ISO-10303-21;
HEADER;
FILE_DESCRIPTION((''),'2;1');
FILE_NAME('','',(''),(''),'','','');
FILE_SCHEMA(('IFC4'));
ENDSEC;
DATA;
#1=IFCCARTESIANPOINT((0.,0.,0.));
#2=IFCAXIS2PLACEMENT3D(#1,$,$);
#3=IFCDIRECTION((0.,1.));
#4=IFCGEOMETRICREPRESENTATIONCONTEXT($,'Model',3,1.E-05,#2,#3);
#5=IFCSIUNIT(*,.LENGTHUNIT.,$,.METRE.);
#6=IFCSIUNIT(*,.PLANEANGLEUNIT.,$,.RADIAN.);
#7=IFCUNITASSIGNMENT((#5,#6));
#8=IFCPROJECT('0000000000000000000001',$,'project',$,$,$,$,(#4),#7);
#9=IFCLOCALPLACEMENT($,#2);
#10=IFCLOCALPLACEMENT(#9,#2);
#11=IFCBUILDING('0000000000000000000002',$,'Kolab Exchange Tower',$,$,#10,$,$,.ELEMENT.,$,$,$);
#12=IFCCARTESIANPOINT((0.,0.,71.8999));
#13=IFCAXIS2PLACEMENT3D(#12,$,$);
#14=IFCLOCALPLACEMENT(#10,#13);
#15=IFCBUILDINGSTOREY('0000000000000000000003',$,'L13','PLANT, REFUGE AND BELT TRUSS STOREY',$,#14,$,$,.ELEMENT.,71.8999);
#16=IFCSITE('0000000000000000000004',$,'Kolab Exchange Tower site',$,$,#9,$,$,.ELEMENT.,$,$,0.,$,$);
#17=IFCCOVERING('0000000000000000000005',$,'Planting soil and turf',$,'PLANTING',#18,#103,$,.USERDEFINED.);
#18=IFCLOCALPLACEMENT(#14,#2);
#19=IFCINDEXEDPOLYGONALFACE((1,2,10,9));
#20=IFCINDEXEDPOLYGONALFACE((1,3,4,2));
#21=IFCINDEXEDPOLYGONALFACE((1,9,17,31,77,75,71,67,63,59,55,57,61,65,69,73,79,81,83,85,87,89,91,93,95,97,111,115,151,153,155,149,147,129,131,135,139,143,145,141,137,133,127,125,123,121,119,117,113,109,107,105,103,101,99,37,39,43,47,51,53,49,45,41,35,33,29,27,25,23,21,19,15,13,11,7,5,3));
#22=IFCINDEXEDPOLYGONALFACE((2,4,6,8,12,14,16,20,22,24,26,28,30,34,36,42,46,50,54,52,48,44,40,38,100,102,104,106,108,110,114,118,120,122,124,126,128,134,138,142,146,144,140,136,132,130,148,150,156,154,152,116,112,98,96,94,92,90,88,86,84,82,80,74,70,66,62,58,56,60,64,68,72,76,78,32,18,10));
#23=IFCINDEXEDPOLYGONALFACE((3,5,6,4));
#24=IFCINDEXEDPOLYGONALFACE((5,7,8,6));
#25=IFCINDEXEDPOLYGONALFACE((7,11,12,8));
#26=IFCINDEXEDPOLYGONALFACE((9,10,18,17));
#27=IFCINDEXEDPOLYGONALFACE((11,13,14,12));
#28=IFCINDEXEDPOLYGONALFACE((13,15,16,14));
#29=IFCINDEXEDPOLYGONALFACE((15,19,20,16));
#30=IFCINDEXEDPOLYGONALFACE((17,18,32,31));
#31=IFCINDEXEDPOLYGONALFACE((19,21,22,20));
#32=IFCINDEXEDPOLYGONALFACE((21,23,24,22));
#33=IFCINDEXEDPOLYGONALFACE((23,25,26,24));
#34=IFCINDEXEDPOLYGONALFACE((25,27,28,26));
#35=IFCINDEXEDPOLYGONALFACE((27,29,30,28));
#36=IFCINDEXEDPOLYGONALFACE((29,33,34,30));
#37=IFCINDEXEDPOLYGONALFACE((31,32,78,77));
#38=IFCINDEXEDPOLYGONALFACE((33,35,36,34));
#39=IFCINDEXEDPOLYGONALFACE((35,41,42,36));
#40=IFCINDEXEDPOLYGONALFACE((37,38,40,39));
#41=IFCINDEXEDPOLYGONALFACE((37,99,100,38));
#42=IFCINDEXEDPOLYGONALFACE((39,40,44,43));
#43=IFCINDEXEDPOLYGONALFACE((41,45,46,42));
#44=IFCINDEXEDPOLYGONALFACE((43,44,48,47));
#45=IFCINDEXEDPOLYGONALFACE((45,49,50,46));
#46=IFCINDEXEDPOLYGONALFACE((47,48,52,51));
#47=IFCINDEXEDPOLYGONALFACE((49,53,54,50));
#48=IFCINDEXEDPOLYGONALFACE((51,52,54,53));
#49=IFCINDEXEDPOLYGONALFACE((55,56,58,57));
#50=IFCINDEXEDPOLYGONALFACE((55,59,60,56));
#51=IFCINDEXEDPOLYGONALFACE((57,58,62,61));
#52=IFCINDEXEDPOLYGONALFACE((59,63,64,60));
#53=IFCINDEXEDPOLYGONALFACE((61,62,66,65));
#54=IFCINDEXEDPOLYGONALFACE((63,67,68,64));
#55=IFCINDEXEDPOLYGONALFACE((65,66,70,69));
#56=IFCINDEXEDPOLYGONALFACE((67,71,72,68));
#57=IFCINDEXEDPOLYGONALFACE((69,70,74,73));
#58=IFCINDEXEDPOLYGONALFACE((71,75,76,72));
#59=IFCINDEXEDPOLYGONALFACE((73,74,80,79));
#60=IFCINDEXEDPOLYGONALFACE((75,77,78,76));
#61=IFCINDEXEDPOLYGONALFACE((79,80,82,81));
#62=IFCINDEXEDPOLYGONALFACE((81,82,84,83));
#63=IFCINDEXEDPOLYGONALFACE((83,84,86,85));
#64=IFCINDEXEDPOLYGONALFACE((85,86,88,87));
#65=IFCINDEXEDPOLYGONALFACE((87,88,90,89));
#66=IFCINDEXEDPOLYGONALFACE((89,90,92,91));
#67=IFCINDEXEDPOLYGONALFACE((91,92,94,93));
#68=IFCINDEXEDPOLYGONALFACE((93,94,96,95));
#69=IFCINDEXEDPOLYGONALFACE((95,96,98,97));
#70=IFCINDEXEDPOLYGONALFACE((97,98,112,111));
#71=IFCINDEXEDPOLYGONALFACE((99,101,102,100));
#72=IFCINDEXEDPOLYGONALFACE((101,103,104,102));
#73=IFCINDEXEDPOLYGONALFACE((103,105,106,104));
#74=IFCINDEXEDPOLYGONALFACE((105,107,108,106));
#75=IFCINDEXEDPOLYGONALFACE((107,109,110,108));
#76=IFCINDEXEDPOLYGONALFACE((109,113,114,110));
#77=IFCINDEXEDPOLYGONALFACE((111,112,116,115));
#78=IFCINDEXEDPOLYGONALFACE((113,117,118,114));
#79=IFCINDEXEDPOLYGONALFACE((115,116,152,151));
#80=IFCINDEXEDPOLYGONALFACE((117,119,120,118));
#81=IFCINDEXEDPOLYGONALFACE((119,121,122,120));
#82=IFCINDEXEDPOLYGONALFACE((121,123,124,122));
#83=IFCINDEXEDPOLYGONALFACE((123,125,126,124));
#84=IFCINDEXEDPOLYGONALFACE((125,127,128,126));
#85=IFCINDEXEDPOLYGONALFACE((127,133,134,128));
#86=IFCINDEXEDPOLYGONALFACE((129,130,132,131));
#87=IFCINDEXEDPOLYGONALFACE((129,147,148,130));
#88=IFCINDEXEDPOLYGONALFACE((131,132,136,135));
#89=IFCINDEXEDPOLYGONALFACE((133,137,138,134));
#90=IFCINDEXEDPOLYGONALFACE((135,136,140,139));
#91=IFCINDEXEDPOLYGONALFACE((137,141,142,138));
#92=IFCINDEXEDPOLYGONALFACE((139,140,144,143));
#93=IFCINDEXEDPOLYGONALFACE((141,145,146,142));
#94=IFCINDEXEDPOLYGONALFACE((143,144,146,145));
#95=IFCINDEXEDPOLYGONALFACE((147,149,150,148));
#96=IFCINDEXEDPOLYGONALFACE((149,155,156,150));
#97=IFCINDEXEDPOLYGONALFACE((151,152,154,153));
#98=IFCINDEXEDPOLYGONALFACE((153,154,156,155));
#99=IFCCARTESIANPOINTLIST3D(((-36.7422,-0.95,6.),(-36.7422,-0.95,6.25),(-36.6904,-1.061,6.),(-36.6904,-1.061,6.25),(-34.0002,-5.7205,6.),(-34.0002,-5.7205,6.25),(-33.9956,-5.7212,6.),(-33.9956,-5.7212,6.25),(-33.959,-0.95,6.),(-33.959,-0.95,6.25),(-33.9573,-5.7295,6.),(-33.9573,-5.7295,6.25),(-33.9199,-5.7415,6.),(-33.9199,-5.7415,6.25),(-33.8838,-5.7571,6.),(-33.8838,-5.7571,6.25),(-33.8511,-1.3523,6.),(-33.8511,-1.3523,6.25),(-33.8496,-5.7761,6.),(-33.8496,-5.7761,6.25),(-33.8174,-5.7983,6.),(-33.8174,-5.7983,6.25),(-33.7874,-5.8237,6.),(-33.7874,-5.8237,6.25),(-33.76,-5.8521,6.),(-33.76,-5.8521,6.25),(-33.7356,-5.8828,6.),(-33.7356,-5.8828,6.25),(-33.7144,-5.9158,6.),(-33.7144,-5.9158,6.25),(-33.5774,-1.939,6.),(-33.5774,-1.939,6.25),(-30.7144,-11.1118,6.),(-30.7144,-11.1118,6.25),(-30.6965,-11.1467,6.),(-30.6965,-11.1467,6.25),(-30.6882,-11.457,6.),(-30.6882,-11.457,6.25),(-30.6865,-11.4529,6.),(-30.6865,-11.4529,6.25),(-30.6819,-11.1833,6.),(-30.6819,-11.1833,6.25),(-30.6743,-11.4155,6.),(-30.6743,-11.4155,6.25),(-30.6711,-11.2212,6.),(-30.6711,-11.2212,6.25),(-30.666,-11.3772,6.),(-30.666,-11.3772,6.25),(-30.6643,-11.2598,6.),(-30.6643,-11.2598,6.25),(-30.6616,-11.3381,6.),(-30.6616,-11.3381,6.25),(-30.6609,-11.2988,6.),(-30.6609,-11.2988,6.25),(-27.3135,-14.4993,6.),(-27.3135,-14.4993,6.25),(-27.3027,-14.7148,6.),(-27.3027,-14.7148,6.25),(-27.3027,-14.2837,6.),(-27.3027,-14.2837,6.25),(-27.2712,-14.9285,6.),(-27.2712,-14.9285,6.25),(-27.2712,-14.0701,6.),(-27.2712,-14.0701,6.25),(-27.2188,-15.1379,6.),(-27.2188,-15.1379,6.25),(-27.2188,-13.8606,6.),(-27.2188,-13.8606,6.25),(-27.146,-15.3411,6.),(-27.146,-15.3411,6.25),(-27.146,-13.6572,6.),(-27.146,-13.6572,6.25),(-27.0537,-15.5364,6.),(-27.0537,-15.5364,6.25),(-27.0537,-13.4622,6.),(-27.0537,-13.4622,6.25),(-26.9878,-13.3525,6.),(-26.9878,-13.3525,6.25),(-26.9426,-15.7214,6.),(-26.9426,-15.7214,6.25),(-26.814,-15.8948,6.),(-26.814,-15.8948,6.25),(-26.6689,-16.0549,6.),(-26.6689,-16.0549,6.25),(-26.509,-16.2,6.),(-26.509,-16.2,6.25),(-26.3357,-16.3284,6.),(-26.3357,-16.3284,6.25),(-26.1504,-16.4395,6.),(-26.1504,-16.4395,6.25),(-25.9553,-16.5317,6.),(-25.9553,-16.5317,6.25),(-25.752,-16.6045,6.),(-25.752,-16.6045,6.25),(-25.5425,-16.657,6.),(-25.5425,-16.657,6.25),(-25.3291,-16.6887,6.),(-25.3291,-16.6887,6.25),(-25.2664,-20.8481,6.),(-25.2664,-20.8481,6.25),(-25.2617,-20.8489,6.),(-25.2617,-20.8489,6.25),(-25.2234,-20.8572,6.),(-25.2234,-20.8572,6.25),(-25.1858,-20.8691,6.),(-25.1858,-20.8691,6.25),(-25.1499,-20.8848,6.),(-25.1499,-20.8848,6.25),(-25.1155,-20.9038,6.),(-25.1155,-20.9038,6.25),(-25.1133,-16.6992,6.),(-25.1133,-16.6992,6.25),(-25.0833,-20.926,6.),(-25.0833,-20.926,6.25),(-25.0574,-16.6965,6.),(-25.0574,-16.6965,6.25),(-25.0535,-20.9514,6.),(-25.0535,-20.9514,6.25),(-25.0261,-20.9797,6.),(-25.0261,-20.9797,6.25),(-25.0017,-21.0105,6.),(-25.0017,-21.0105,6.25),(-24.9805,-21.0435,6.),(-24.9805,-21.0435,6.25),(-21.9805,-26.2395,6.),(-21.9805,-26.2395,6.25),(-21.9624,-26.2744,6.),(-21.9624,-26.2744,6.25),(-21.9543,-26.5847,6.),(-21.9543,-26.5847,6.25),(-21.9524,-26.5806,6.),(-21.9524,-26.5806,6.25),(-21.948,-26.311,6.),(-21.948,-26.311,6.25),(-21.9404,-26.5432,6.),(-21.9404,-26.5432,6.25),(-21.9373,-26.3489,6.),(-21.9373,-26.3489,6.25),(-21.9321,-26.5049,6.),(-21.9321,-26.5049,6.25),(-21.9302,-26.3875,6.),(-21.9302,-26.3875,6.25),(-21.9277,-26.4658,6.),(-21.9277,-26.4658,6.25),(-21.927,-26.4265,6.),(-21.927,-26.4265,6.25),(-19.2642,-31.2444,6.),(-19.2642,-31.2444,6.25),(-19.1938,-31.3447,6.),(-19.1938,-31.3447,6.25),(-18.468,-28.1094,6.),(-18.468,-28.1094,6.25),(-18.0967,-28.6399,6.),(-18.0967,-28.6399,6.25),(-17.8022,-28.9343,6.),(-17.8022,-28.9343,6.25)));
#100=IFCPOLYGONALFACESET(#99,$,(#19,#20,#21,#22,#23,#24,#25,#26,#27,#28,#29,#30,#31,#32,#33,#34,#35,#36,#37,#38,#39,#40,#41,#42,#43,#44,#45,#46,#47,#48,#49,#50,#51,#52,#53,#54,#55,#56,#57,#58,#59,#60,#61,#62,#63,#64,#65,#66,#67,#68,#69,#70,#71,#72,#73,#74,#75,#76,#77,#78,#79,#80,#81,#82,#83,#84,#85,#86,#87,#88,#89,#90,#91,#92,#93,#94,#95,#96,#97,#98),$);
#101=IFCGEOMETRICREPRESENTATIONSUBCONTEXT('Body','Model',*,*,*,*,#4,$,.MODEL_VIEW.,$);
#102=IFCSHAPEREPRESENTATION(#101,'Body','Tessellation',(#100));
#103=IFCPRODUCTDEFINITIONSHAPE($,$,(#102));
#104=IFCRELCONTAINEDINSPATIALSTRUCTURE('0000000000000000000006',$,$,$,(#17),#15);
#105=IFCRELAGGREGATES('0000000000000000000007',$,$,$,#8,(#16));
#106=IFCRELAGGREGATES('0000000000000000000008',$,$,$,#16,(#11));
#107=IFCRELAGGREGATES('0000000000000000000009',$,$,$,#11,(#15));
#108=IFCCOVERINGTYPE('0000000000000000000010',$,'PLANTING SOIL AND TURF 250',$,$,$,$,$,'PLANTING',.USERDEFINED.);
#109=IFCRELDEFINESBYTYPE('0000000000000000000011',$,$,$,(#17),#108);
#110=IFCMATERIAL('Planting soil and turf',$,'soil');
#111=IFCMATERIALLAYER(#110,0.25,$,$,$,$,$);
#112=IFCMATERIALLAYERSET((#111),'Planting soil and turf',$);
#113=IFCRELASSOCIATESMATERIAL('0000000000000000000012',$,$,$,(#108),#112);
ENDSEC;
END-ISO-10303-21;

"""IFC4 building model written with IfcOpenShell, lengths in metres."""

from ifc_helpers import new_model, si_unit, direction, frame, origin, place, context, subcontext, project, spatial, polyline, outline, extrude, material, layer, layer_set, type_object, element, save


model = new_model("IFC4")

# Units and contexts
model_context = context("Model", 3, precision=1e-05, world=origin(), true_north=direction((0.0, 1.0)))
body_context = subcontext(model_context, "Body", "Model", "MODEL_VIEW")
ifc_project = project(units=[si_unit("LENGTHUNIT", "METRE"), si_unit("PLANEANGLEUNIT", "RADIAN")], contexts=[model_context])

# Site, building, storey
site_placement = place(None, origin())
site = spatial("IfcSite", under=ifc_project, at=site_placement, Name="Kolab Exchange Tower site", CompositionType="ELEMENT", RefElevation=0.0)
building_placement = place(site_placement, origin())
building = spatial("IfcBuilding", under=site, at=building_placement, Name="Kolab Exchange Tower", CompositionType="ELEMENT")
storey_placement = place(building_placement, frame((0.0, 0.0, 71.8999)))
storey = spatial("IfcBuildingStorey", under=building, at=storey_placement, Name="L13", Description="PLANT, REFUGE AND BELT TRUSS STOREY", CompositionType="ELEMENT", Elevation=71.8999)

# Covering
ifc_material_1 = material(Name="Planting soil and turf", Category="soil")
ifc_layer_1 = layer(ifc_material_1, 0.25)
ifc_layer_set_1 = layer_set([ifc_layer_1], Name="Planting soil and turf")
covering_type_1 = type_object("IfcCoveringType", Name="PLANTING SOIL AND TURF 250", ElementType="PLANTING", PredefinedType="USERDEFINED", material=ifc_layer_set_1)
covering_1_placement = place(storey_placement, frame((0.0, 0.0, 6.0)))
element("IfcCovering", 1, at=covering_1_placement, inside=storey, type_object=covering_type_1, Name="Planting soil and turf", ObjectType="PLANTING", PredefinedType="USERDEFINED", context=body_context, shape_type="SweptSolid", body=[
    extrude(outline(polyline([(-33.959, -0.95), (-33.8511, -1.3523), (-33.5774, -1.939), (-26.9878, -13.3525), (-27.0537, -13.4622), (-27.146, -13.6572), (-27.2188, -13.8606), (-27.2712, -14.0701), (-27.3027, -14.2837), (-27.3135, -14.4993), (-27.3027, -14.7148), (-27.2712, -14.9285), (-27.2188, -15.1379), (-27.146, -15.3411), (-27.0537, -15.5364), (-26.9426, -15.7214), (-26.814, -15.8948), (-26.6689, -16.0549), (-26.509, -16.2), (-26.3357, -16.3284), (-26.1504, -16.4395), (-25.9553, -16.5317), (-25.752, -16.6045), (-25.5425, -16.657), (-25.3291, -16.6887), (-25.1133, -16.6992), (-25.0574, -16.6965), (-18.468, -28.1094), (-18.0967, -28.6399), (-17.8022, -28.9343), (-19.1938, -31.3447), (-19.2642, -31.2444), (-21.9543, -26.5847), (-21.9524, -26.5806), (-21.9404, -26.5432), (-21.9321, -26.5049), (-21.9277, -26.4658), (-21.927, -26.4265), (-21.9302, -26.3875), (-21.9373, -26.3489), (-21.948, -26.311), (-21.9624, -26.2744), (-21.9805, -26.2395), (-24.9805, -21.0435), (-25.0017, -21.0105), (-25.0261, -20.9797), (-25.0535, -20.9514), (-25.0833, -20.926), (-25.1155, -20.9038), (-25.1499, -20.8848), (-25.1858, -20.8691), (-25.2234, -20.8572), (-25.2617, -20.8489), (-25.2664, -20.8481), (-30.6882, -11.457), (-30.6865, -11.4529), (-30.6743, -11.4155), (-30.666, -11.3772), (-30.6616, -11.3381), (-30.6609, -11.2988), (-30.6643, -11.2598), (-30.6711, -11.2212), (-30.6819, -11.1833), (-30.6965, -11.1467), (-30.7144, -11.1118), (-33.7144, -5.9158), (-33.7356, -5.8828), (-33.76, -5.8521), (-33.7874, -5.8237), (-33.8174, -5.7983), (-33.8496, -5.7761), (-33.8838, -5.7571), (-33.9199, -5.7415), (-33.9573, -5.7295), (-33.9956, -5.7212), (-34.0002, -5.7205), (-36.6904, -1.061), (-36.7422, -0.95), (-33.959, -0.95)])), origin(), (0.0, 0.0, 1.0), 0.25),
])

save(model, "model.ifc")
